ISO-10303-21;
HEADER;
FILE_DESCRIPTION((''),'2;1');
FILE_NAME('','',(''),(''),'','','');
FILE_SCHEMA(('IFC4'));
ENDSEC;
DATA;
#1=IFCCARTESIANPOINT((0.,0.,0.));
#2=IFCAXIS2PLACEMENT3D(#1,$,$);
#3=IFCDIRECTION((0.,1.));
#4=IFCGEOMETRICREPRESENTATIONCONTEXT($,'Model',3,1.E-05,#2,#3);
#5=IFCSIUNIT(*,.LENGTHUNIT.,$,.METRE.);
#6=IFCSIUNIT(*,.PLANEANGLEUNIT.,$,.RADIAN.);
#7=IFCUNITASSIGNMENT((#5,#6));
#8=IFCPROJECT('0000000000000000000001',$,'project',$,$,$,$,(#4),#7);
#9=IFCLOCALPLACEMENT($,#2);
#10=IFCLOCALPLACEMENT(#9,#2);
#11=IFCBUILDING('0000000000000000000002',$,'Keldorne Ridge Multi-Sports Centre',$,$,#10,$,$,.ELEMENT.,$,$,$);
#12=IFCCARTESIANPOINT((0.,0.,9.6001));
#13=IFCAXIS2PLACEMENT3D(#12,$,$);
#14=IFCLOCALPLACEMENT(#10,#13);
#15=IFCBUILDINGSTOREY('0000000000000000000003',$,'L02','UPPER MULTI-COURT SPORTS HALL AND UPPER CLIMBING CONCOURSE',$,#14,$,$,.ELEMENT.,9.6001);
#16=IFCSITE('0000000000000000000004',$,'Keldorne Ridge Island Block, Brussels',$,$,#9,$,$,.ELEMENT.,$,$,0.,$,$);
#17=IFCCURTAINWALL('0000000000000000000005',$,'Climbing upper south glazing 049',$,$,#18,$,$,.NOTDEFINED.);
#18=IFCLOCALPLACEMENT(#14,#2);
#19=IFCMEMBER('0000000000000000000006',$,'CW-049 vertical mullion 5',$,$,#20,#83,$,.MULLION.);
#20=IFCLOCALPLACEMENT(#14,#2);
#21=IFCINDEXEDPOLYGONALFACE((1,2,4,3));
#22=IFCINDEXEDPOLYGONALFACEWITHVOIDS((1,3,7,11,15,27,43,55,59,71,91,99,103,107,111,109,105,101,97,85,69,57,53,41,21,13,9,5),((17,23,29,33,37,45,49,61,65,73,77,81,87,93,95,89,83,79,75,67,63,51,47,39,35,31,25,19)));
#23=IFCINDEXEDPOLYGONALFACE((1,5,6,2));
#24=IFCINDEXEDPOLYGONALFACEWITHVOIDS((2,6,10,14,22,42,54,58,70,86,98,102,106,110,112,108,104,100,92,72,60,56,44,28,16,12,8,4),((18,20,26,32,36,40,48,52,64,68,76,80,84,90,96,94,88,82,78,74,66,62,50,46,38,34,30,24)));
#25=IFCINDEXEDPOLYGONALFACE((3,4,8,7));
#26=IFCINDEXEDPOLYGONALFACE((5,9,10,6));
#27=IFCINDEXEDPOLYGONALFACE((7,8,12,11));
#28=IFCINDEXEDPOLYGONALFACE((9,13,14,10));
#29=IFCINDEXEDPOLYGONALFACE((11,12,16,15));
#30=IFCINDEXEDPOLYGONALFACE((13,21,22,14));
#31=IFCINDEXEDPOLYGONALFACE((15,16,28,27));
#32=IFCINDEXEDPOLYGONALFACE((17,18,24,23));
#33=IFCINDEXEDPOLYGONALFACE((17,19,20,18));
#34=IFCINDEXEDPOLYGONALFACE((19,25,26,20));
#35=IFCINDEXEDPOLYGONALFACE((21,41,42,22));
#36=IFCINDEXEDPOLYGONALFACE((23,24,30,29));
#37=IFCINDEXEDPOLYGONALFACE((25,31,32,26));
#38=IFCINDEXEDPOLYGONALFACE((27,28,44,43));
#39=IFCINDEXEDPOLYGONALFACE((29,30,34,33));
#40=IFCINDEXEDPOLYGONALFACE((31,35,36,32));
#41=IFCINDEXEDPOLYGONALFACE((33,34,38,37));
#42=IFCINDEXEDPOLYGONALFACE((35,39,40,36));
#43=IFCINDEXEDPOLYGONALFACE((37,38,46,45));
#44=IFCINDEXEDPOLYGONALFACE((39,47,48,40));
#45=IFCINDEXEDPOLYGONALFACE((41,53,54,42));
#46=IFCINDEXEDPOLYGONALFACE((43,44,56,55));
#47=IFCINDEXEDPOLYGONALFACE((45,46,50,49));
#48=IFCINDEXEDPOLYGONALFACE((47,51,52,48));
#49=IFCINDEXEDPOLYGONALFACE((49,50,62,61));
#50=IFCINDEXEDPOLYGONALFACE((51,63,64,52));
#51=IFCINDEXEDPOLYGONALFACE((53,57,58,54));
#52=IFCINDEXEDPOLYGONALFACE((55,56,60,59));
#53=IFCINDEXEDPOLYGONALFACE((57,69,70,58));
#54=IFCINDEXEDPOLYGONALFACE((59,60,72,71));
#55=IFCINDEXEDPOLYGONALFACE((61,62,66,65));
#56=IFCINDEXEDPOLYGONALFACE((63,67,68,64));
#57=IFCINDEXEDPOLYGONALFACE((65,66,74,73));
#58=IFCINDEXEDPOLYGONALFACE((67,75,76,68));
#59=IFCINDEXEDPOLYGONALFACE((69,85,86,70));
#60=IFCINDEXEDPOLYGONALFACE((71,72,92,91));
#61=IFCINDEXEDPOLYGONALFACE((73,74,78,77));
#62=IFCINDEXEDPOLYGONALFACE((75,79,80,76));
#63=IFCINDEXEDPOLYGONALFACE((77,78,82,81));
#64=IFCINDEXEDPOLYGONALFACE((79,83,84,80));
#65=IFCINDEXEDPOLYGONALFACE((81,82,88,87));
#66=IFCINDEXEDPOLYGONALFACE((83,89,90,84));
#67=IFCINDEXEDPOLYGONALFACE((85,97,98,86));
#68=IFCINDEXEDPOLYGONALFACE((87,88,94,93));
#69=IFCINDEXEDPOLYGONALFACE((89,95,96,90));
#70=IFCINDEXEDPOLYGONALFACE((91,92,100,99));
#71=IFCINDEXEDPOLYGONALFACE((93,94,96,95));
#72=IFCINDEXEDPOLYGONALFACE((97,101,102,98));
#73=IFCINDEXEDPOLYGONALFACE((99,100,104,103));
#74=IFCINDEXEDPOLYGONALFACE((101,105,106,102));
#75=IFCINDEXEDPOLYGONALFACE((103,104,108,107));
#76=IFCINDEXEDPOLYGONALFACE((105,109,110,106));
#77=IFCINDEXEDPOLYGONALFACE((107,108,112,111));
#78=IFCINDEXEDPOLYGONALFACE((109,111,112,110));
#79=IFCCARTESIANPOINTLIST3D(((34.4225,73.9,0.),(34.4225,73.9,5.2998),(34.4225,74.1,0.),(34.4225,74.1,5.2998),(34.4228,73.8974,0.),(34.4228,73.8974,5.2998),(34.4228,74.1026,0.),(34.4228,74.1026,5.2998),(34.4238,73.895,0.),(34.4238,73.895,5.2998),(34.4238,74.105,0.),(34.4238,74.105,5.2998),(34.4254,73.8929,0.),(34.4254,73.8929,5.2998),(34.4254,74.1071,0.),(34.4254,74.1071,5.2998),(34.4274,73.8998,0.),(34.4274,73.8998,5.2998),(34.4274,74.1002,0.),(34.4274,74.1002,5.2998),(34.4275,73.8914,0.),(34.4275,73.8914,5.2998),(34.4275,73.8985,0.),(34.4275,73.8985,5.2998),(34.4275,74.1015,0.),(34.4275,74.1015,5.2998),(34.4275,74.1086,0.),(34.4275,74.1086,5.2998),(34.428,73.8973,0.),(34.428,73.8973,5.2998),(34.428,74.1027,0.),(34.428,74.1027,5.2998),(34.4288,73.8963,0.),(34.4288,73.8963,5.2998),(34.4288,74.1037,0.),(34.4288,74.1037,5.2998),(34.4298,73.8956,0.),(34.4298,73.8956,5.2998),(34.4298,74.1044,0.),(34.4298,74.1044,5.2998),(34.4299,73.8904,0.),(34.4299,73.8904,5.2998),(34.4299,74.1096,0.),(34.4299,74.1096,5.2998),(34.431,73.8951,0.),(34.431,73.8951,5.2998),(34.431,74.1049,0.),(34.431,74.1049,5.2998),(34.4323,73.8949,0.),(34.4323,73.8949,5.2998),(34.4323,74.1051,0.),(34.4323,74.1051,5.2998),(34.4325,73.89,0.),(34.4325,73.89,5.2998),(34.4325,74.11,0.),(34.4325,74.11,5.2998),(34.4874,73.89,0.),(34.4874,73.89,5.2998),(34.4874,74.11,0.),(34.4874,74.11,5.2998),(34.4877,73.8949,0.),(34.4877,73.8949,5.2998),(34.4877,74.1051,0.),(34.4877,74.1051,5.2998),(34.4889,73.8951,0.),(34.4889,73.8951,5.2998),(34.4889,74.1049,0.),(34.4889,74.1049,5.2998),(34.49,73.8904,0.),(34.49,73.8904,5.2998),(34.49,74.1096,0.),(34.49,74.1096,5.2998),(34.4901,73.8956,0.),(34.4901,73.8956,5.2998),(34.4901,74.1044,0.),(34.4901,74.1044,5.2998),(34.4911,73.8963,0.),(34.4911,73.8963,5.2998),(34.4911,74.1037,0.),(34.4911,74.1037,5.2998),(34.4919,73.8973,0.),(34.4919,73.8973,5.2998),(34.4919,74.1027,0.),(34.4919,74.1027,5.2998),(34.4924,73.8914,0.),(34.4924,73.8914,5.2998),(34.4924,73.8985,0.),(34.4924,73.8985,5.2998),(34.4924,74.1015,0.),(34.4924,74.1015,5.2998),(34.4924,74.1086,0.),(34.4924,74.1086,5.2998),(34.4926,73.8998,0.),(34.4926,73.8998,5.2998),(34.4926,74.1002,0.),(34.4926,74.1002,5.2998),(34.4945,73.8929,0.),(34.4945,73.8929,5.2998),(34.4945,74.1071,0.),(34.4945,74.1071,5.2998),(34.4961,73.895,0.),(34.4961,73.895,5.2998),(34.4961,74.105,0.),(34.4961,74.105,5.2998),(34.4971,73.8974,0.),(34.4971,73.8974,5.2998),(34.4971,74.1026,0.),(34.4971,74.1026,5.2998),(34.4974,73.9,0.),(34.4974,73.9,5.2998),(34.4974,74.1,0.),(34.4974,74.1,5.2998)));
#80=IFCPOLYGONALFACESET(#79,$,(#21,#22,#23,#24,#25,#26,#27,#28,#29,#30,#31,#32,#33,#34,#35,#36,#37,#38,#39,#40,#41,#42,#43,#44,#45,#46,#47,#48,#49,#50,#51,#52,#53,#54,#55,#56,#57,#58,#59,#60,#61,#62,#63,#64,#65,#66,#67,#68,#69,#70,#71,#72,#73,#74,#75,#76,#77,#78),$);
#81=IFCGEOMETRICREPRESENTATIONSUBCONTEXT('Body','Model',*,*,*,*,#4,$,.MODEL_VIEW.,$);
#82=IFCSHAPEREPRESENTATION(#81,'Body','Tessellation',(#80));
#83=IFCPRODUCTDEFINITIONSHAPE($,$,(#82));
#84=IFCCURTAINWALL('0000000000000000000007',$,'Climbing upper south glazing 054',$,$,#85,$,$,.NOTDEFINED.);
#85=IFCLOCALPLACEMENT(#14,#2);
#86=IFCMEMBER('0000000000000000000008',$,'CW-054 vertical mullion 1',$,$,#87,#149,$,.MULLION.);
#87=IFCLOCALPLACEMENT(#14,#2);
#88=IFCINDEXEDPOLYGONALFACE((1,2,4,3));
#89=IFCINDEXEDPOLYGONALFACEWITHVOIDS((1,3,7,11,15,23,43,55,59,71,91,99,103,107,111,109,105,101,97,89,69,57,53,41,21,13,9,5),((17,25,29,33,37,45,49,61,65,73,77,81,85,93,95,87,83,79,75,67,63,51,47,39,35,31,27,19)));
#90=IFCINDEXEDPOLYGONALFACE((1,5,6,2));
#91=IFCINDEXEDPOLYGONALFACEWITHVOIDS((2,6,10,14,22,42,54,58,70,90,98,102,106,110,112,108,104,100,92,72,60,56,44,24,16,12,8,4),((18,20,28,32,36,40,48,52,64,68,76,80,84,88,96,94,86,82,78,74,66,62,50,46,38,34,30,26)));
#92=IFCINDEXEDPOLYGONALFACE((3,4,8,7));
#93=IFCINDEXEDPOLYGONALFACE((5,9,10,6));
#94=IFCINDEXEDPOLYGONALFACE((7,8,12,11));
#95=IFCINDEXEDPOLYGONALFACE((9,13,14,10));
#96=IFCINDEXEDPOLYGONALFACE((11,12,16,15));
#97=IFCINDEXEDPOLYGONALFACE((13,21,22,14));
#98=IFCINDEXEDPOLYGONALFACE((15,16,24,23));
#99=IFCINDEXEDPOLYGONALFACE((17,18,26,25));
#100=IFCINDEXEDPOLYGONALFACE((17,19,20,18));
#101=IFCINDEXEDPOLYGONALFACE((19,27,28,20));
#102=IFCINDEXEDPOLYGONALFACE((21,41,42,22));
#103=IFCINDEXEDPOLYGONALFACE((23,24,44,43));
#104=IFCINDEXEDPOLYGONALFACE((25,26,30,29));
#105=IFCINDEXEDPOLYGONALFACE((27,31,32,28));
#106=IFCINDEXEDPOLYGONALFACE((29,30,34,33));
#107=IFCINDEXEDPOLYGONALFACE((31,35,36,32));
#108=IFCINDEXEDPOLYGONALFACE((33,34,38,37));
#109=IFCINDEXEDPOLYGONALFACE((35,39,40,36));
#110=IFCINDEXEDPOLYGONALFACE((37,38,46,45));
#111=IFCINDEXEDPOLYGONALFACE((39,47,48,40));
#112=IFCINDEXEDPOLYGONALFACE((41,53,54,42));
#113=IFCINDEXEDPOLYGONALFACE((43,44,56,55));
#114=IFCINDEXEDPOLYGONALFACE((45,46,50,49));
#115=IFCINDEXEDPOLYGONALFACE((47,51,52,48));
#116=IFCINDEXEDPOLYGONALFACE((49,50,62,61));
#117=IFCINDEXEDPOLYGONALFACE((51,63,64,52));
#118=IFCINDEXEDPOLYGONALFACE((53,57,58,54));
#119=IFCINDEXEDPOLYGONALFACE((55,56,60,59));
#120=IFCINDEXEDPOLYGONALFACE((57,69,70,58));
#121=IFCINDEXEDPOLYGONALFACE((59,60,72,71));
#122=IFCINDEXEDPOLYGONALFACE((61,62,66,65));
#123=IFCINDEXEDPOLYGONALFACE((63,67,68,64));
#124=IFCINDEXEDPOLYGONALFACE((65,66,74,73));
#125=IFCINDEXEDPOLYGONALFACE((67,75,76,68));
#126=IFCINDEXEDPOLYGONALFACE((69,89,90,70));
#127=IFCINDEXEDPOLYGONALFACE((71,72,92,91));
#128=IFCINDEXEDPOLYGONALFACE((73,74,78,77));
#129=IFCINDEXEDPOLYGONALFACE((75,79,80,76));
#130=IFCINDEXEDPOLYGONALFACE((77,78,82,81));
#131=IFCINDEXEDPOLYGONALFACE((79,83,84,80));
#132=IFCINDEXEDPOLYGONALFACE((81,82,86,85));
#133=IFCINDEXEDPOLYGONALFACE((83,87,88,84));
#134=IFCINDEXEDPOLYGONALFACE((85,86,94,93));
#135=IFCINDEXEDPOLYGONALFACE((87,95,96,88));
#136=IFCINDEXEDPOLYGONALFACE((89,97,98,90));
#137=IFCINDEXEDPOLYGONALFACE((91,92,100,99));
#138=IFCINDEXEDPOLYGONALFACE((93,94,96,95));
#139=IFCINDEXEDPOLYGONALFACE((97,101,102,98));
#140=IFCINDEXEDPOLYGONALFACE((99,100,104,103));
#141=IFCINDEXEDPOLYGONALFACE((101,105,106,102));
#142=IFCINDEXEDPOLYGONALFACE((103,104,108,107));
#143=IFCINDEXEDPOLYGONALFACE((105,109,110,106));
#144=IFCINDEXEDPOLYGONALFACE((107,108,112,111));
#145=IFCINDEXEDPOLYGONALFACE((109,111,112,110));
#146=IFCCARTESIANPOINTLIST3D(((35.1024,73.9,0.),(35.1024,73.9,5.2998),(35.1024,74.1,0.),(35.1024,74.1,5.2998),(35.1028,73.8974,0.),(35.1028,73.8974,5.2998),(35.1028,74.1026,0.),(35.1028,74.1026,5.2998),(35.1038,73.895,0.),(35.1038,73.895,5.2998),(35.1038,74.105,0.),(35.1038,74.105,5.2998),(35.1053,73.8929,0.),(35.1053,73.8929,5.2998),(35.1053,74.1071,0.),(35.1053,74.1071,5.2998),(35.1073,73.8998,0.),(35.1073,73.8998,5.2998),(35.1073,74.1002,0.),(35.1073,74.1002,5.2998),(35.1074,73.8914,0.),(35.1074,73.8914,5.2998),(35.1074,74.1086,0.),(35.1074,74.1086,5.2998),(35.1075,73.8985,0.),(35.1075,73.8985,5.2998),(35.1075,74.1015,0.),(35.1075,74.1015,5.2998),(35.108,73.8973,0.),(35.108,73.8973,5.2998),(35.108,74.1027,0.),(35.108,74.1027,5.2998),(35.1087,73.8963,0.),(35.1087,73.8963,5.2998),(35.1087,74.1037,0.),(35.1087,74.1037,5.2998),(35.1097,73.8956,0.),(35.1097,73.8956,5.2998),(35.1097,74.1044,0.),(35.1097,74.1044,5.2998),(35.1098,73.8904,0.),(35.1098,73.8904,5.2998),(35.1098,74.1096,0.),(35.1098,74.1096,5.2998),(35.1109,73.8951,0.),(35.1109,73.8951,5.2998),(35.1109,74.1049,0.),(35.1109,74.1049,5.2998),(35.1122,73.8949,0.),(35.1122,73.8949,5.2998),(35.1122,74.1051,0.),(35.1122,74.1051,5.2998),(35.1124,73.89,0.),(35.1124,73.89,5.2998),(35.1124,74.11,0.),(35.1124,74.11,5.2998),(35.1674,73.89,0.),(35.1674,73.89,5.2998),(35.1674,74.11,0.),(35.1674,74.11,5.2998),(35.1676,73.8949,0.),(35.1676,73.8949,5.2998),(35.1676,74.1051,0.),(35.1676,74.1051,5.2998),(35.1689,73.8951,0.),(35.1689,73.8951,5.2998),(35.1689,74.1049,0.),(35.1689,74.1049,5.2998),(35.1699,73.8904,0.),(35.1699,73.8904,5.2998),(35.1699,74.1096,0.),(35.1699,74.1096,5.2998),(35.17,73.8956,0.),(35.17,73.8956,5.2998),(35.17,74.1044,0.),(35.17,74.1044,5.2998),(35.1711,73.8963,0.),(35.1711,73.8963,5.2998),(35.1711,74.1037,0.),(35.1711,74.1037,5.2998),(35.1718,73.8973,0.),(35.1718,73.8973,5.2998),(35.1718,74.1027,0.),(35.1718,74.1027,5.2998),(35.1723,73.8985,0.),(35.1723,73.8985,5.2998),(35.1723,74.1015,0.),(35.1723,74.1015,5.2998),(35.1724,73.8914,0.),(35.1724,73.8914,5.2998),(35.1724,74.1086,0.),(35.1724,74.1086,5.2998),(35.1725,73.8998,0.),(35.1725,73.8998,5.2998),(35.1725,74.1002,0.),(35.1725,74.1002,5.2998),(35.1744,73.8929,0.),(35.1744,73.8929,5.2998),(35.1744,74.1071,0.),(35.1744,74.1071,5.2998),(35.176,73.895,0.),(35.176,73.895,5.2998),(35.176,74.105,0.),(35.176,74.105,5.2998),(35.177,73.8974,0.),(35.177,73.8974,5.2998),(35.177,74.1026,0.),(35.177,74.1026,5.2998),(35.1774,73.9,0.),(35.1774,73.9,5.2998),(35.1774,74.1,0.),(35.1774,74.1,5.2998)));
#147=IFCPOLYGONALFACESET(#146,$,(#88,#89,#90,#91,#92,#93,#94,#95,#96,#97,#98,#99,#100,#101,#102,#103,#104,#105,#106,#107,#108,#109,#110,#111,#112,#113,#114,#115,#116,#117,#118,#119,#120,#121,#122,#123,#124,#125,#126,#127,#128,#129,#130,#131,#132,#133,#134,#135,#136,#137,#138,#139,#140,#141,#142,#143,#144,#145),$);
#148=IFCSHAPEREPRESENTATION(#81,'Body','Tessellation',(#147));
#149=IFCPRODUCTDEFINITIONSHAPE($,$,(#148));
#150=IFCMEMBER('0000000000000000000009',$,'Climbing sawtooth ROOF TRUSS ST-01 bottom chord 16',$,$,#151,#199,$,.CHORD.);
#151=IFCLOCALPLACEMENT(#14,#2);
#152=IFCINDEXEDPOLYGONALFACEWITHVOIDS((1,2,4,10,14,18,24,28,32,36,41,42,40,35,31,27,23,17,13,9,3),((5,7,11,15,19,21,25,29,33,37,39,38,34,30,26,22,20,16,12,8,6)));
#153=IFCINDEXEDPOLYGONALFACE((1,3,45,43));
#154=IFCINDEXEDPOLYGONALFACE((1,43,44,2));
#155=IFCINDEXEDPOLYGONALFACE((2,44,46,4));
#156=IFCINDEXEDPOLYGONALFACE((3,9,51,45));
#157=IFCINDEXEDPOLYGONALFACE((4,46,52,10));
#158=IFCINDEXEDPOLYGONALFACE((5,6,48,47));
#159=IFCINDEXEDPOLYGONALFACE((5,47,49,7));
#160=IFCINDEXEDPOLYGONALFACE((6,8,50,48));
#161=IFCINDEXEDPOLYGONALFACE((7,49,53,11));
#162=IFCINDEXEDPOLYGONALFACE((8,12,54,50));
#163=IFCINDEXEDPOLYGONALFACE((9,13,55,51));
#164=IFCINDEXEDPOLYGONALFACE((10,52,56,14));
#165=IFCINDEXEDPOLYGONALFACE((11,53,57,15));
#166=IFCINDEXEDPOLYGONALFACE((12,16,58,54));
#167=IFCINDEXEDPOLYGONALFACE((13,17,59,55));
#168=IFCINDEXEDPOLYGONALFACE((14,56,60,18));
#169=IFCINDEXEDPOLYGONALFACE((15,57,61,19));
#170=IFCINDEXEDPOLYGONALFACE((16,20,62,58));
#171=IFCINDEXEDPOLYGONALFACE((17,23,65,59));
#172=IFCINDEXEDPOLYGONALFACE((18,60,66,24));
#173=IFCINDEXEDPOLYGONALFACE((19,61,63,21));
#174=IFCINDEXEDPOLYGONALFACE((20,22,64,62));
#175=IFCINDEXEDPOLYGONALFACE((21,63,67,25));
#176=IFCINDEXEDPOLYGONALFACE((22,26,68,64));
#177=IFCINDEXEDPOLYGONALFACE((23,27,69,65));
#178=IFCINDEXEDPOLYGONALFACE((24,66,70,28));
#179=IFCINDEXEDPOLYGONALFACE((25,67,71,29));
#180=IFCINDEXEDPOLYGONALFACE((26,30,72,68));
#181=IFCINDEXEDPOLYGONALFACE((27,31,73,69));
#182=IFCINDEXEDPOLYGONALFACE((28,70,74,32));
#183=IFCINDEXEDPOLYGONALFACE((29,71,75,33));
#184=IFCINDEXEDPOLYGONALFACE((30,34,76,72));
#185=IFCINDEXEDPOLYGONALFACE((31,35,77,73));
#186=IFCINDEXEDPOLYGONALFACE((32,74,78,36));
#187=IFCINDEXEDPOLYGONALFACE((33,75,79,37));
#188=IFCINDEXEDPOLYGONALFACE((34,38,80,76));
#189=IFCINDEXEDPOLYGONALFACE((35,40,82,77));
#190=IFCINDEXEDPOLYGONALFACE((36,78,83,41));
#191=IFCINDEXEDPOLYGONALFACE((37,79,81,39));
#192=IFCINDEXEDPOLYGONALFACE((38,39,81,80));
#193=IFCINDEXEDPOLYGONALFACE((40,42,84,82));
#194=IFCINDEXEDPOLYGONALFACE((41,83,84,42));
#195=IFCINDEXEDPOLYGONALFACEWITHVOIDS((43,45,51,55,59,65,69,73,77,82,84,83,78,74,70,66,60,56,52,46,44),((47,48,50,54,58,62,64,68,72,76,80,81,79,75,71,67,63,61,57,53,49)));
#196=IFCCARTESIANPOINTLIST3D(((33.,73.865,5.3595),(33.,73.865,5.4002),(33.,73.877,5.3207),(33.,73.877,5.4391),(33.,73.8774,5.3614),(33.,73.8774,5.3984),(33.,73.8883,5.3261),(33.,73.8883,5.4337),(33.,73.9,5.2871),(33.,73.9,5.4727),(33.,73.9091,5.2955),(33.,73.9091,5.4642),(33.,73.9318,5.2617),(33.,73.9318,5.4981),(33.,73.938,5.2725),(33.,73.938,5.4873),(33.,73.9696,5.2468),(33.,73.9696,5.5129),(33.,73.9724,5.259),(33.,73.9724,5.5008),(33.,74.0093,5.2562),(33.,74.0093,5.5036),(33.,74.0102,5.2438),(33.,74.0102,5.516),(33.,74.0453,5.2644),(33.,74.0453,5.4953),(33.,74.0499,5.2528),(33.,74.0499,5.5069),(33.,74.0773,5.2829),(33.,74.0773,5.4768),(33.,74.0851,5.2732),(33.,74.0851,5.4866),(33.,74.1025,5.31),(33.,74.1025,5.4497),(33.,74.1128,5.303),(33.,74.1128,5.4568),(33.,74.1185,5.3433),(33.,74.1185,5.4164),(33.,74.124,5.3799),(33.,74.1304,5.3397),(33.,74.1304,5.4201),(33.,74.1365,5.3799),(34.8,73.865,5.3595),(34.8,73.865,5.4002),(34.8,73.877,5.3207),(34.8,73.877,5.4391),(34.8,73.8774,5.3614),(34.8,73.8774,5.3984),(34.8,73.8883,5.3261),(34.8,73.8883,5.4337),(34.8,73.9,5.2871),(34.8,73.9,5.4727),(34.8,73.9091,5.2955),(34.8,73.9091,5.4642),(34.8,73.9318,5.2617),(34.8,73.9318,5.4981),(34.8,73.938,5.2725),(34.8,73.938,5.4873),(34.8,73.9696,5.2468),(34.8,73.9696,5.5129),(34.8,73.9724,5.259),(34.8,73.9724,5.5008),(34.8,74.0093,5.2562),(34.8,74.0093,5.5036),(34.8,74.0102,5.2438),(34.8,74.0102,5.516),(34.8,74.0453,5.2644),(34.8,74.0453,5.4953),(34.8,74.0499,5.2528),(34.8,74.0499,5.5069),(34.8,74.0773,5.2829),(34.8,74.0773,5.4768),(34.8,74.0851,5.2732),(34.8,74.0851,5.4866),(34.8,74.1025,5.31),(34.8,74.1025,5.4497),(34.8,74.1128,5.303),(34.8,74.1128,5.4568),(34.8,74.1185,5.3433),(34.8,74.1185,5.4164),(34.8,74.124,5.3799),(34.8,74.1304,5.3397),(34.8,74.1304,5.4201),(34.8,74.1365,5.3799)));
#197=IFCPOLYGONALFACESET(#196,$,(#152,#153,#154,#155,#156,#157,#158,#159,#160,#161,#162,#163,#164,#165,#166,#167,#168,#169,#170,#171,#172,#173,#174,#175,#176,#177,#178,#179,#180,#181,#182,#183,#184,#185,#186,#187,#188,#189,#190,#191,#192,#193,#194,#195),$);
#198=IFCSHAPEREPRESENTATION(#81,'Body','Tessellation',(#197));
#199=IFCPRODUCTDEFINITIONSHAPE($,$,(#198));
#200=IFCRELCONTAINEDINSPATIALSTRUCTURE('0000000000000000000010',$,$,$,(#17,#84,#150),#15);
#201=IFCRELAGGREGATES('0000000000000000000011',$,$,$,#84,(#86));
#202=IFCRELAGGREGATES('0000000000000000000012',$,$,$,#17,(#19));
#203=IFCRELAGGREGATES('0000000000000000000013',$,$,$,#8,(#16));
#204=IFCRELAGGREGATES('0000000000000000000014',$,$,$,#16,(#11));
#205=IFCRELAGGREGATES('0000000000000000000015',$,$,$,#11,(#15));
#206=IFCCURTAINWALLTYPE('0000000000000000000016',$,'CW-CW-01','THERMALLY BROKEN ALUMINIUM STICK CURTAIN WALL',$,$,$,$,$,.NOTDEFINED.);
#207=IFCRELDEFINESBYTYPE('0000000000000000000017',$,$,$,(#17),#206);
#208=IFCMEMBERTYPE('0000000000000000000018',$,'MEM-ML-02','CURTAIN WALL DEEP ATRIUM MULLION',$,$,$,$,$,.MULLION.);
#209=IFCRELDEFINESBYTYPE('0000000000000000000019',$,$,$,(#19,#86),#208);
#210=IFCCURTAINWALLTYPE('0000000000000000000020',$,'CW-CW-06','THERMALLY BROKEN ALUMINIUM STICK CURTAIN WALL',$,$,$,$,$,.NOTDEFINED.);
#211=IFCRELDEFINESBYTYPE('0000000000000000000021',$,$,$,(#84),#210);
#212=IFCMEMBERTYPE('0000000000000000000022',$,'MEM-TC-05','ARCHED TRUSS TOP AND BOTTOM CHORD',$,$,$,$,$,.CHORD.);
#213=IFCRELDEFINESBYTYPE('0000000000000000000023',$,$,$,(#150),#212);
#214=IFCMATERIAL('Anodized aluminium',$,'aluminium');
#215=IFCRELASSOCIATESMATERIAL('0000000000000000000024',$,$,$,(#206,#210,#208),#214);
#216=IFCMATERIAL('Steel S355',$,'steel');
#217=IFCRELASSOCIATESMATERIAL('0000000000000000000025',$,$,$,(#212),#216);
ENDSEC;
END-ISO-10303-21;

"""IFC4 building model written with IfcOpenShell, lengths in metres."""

from ifc_helpers import new_model, si_unit, direction, frame, origin, origin_2d, place, context, subcontext, project, spatial, hollow_rectangle, hollow_circle, extrude, material, material_profile, profile_set, type_object, element, aggregate, save


model = new_model("IFC4")

# Units and contexts
model_context = context("Model", 3, precision=1e-05, world=origin(), true_north=direction((0.0, 1.0)))
body_context = subcontext(model_context, "Body", "Model", "MODEL_VIEW")
ifc_project = project(units=[si_unit("LENGTHUNIT", "METRE"), si_unit("PLANEANGLEUNIT", "RADIAN")], contexts=[model_context])

# Site, building, storey
site_placement = place(None, origin())
site = spatial("IfcSite", under=ifc_project, at=site_placement, Name="Keldorne Ridge Island Block, Brussels", CompositionType="ELEMENT", RefElevation=0.0)
building_placement = place(site_placement, origin())
building = spatial("IfcBuilding", under=site, at=building_placement, Name="Keldorne Ridge Multi-Sports Centre", CompositionType="ELEMENT")
storey_placement = place(building_placement, frame((0.0, 0.0, 9.6001)))
storey = spatial("IfcBuildingStorey", under=building, at=storey_placement, Name="L02", Description="UPPER MULTI-COURT SPORTS HALL AND UPPER CLIMBING CONCOURSE", CompositionType="ELEMENT", Elevation=9.6001)

# Shared definitions
ifc_material_1 = material(Name="Steel S355", Category="steel")

# Curtain walls, members
ifc_material_2 = material(Name="Anodized aluminium", Category="aluminium")
curtain_wall_type_1 = type_object("IfcCurtainWallType", Name="CW-CW-01", Description="THERMALLY BROKEN ALUMINIUM STICK CURTAIN WALL", PredefinedType="NOTDEFINED", material=ifc_material_2)
curtain_wall_1_placement = place(storey_placement, origin())
curtain_wall_1 = element("IfcCurtainWall", 1, at=curtain_wall_1_placement, inside=storey, type_object=curtain_wall_type_1, Name="Climbing upper south glazing 049", PredefinedType="NOTDEFINED")
ifc_material_profile_1 = material_profile(ifc_material_2, hollow_rectangle(XDim=0.075, YDim=0.22, WallThickness=0.0049, InnerFilletRadius=0.0049, OuterFilletRadius=0.01, at=origin_2d()), Name="ALU MULLION 220x75x5")
ifc_profile_set_1 = profile_set([ifc_material_profile_1], Name="Anodized aluminium")
member_type_1 = type_object("IfcMemberType", Name="MEM-ML-02", Description="CURTAIN WALL DEEP ATRIUM MULLION", PredefinedType="MULLION", material=ifc_profile_set_1)
member_1_placement = place(storey_placement, frame((34.46, 74.0, 0.0), z_axis=(0.0, 0.0, 1.0), x_axis=(1.0, 0.0, 0.0)))
member_1 = element("IfcMember", 2, at=member_1_placement, type_object=member_type_1, Name="CW-049 vertical mullion 5", PredefinedType="MULLION", context=body_context, shape_type="SweptSolid", body=[
    extrude(hollow_rectangle(XDim=0.075, YDim=0.22, WallThickness=0.0049, InnerFilletRadius=0.0049, OuterFilletRadius=0.01, at=origin_2d()), origin(), (0.0, 0.0, 1.0), 5.2998),
])
curtain_wall_type_2 = type_object("IfcCurtainWallType", Name="CW-CW-06", Description="THERMALLY BROKEN ALUMINIUM STICK CURTAIN WALL", PredefinedType="NOTDEFINED", material=ifc_material_2)
curtain_wall_2_placement = place(storey_placement, origin())
curtain_wall_2 = element("IfcCurtainWall", 3, at=curtain_wall_2_placement, inside=storey, type_object=curtain_wall_type_2, Name="Climbing upper south glazing 054", PredefinedType="NOTDEFINED")
member_2_placement = place(storey_placement, frame((35.1399, 74.0, 0.0), z_axis=(0.0, 0.0, 1.0), x_axis=(1.0, 0.0, 0.0)))
member_2 = element("IfcMember", 4, at=member_2_placement, type_object=member_type_1, Name="CW-054 vertical mullion 1", PredefinedType="MULLION", context=body_context, shape_type="SweptSolid", body=[
    extrude(hollow_rectangle(XDim=0.075, YDim=0.22, WallThickness=0.0049, InnerFilletRadius=0.0049, OuterFilletRadius=0.01, at=origin_2d()), origin(), (0.0, 0.0, 1.0), 5.2998),
])
aggregate(curtain_wall_2, [member_2])

# Member
ifc_material_profile_2 = material_profile(ifc_material_1, hollow_circle(Radius=0.1365, WallThickness=0.0125, at=origin_2d()), Name="CHS 273x12.5")
ifc_profile_set_2 = profile_set([ifc_material_profile_2], Name="Steel S355")
member_type_2 = type_object("IfcMemberType", Name="MEM-TC-05", Description="ARCHED TRUSS TOP AND BOTTOM CHORD", PredefinedType="CHORD", material=ifc_profile_set_2)
for number, where, z_axis, x_axis, name in (
    (5, (33.0, 74.0, 5.3799), (1.0, 0.0, 0.0), (0.0, 1.0, 0.0), "Climbing sawtooth ROOF TRUSS ST-01 bottom chord 16"),
):
    element("IfcMember", number, at=place(storey_placement, frame(where, z_axis=z_axis, x_axis=x_axis)), inside=storey, type_object=member_type_2, Name=name, PredefinedType="CHORD", context=body_context, shape_type="SweptSolid", body=[
        extrude(hollow_circle(Radius=0.1365, WallThickness=0.0125, at=origin_2d()), origin(), (0.0, 0.0, 1.0), 1.8),
    ])

aggregate(curtain_wall_1, [member_1])

save(model, "model.ifc")
